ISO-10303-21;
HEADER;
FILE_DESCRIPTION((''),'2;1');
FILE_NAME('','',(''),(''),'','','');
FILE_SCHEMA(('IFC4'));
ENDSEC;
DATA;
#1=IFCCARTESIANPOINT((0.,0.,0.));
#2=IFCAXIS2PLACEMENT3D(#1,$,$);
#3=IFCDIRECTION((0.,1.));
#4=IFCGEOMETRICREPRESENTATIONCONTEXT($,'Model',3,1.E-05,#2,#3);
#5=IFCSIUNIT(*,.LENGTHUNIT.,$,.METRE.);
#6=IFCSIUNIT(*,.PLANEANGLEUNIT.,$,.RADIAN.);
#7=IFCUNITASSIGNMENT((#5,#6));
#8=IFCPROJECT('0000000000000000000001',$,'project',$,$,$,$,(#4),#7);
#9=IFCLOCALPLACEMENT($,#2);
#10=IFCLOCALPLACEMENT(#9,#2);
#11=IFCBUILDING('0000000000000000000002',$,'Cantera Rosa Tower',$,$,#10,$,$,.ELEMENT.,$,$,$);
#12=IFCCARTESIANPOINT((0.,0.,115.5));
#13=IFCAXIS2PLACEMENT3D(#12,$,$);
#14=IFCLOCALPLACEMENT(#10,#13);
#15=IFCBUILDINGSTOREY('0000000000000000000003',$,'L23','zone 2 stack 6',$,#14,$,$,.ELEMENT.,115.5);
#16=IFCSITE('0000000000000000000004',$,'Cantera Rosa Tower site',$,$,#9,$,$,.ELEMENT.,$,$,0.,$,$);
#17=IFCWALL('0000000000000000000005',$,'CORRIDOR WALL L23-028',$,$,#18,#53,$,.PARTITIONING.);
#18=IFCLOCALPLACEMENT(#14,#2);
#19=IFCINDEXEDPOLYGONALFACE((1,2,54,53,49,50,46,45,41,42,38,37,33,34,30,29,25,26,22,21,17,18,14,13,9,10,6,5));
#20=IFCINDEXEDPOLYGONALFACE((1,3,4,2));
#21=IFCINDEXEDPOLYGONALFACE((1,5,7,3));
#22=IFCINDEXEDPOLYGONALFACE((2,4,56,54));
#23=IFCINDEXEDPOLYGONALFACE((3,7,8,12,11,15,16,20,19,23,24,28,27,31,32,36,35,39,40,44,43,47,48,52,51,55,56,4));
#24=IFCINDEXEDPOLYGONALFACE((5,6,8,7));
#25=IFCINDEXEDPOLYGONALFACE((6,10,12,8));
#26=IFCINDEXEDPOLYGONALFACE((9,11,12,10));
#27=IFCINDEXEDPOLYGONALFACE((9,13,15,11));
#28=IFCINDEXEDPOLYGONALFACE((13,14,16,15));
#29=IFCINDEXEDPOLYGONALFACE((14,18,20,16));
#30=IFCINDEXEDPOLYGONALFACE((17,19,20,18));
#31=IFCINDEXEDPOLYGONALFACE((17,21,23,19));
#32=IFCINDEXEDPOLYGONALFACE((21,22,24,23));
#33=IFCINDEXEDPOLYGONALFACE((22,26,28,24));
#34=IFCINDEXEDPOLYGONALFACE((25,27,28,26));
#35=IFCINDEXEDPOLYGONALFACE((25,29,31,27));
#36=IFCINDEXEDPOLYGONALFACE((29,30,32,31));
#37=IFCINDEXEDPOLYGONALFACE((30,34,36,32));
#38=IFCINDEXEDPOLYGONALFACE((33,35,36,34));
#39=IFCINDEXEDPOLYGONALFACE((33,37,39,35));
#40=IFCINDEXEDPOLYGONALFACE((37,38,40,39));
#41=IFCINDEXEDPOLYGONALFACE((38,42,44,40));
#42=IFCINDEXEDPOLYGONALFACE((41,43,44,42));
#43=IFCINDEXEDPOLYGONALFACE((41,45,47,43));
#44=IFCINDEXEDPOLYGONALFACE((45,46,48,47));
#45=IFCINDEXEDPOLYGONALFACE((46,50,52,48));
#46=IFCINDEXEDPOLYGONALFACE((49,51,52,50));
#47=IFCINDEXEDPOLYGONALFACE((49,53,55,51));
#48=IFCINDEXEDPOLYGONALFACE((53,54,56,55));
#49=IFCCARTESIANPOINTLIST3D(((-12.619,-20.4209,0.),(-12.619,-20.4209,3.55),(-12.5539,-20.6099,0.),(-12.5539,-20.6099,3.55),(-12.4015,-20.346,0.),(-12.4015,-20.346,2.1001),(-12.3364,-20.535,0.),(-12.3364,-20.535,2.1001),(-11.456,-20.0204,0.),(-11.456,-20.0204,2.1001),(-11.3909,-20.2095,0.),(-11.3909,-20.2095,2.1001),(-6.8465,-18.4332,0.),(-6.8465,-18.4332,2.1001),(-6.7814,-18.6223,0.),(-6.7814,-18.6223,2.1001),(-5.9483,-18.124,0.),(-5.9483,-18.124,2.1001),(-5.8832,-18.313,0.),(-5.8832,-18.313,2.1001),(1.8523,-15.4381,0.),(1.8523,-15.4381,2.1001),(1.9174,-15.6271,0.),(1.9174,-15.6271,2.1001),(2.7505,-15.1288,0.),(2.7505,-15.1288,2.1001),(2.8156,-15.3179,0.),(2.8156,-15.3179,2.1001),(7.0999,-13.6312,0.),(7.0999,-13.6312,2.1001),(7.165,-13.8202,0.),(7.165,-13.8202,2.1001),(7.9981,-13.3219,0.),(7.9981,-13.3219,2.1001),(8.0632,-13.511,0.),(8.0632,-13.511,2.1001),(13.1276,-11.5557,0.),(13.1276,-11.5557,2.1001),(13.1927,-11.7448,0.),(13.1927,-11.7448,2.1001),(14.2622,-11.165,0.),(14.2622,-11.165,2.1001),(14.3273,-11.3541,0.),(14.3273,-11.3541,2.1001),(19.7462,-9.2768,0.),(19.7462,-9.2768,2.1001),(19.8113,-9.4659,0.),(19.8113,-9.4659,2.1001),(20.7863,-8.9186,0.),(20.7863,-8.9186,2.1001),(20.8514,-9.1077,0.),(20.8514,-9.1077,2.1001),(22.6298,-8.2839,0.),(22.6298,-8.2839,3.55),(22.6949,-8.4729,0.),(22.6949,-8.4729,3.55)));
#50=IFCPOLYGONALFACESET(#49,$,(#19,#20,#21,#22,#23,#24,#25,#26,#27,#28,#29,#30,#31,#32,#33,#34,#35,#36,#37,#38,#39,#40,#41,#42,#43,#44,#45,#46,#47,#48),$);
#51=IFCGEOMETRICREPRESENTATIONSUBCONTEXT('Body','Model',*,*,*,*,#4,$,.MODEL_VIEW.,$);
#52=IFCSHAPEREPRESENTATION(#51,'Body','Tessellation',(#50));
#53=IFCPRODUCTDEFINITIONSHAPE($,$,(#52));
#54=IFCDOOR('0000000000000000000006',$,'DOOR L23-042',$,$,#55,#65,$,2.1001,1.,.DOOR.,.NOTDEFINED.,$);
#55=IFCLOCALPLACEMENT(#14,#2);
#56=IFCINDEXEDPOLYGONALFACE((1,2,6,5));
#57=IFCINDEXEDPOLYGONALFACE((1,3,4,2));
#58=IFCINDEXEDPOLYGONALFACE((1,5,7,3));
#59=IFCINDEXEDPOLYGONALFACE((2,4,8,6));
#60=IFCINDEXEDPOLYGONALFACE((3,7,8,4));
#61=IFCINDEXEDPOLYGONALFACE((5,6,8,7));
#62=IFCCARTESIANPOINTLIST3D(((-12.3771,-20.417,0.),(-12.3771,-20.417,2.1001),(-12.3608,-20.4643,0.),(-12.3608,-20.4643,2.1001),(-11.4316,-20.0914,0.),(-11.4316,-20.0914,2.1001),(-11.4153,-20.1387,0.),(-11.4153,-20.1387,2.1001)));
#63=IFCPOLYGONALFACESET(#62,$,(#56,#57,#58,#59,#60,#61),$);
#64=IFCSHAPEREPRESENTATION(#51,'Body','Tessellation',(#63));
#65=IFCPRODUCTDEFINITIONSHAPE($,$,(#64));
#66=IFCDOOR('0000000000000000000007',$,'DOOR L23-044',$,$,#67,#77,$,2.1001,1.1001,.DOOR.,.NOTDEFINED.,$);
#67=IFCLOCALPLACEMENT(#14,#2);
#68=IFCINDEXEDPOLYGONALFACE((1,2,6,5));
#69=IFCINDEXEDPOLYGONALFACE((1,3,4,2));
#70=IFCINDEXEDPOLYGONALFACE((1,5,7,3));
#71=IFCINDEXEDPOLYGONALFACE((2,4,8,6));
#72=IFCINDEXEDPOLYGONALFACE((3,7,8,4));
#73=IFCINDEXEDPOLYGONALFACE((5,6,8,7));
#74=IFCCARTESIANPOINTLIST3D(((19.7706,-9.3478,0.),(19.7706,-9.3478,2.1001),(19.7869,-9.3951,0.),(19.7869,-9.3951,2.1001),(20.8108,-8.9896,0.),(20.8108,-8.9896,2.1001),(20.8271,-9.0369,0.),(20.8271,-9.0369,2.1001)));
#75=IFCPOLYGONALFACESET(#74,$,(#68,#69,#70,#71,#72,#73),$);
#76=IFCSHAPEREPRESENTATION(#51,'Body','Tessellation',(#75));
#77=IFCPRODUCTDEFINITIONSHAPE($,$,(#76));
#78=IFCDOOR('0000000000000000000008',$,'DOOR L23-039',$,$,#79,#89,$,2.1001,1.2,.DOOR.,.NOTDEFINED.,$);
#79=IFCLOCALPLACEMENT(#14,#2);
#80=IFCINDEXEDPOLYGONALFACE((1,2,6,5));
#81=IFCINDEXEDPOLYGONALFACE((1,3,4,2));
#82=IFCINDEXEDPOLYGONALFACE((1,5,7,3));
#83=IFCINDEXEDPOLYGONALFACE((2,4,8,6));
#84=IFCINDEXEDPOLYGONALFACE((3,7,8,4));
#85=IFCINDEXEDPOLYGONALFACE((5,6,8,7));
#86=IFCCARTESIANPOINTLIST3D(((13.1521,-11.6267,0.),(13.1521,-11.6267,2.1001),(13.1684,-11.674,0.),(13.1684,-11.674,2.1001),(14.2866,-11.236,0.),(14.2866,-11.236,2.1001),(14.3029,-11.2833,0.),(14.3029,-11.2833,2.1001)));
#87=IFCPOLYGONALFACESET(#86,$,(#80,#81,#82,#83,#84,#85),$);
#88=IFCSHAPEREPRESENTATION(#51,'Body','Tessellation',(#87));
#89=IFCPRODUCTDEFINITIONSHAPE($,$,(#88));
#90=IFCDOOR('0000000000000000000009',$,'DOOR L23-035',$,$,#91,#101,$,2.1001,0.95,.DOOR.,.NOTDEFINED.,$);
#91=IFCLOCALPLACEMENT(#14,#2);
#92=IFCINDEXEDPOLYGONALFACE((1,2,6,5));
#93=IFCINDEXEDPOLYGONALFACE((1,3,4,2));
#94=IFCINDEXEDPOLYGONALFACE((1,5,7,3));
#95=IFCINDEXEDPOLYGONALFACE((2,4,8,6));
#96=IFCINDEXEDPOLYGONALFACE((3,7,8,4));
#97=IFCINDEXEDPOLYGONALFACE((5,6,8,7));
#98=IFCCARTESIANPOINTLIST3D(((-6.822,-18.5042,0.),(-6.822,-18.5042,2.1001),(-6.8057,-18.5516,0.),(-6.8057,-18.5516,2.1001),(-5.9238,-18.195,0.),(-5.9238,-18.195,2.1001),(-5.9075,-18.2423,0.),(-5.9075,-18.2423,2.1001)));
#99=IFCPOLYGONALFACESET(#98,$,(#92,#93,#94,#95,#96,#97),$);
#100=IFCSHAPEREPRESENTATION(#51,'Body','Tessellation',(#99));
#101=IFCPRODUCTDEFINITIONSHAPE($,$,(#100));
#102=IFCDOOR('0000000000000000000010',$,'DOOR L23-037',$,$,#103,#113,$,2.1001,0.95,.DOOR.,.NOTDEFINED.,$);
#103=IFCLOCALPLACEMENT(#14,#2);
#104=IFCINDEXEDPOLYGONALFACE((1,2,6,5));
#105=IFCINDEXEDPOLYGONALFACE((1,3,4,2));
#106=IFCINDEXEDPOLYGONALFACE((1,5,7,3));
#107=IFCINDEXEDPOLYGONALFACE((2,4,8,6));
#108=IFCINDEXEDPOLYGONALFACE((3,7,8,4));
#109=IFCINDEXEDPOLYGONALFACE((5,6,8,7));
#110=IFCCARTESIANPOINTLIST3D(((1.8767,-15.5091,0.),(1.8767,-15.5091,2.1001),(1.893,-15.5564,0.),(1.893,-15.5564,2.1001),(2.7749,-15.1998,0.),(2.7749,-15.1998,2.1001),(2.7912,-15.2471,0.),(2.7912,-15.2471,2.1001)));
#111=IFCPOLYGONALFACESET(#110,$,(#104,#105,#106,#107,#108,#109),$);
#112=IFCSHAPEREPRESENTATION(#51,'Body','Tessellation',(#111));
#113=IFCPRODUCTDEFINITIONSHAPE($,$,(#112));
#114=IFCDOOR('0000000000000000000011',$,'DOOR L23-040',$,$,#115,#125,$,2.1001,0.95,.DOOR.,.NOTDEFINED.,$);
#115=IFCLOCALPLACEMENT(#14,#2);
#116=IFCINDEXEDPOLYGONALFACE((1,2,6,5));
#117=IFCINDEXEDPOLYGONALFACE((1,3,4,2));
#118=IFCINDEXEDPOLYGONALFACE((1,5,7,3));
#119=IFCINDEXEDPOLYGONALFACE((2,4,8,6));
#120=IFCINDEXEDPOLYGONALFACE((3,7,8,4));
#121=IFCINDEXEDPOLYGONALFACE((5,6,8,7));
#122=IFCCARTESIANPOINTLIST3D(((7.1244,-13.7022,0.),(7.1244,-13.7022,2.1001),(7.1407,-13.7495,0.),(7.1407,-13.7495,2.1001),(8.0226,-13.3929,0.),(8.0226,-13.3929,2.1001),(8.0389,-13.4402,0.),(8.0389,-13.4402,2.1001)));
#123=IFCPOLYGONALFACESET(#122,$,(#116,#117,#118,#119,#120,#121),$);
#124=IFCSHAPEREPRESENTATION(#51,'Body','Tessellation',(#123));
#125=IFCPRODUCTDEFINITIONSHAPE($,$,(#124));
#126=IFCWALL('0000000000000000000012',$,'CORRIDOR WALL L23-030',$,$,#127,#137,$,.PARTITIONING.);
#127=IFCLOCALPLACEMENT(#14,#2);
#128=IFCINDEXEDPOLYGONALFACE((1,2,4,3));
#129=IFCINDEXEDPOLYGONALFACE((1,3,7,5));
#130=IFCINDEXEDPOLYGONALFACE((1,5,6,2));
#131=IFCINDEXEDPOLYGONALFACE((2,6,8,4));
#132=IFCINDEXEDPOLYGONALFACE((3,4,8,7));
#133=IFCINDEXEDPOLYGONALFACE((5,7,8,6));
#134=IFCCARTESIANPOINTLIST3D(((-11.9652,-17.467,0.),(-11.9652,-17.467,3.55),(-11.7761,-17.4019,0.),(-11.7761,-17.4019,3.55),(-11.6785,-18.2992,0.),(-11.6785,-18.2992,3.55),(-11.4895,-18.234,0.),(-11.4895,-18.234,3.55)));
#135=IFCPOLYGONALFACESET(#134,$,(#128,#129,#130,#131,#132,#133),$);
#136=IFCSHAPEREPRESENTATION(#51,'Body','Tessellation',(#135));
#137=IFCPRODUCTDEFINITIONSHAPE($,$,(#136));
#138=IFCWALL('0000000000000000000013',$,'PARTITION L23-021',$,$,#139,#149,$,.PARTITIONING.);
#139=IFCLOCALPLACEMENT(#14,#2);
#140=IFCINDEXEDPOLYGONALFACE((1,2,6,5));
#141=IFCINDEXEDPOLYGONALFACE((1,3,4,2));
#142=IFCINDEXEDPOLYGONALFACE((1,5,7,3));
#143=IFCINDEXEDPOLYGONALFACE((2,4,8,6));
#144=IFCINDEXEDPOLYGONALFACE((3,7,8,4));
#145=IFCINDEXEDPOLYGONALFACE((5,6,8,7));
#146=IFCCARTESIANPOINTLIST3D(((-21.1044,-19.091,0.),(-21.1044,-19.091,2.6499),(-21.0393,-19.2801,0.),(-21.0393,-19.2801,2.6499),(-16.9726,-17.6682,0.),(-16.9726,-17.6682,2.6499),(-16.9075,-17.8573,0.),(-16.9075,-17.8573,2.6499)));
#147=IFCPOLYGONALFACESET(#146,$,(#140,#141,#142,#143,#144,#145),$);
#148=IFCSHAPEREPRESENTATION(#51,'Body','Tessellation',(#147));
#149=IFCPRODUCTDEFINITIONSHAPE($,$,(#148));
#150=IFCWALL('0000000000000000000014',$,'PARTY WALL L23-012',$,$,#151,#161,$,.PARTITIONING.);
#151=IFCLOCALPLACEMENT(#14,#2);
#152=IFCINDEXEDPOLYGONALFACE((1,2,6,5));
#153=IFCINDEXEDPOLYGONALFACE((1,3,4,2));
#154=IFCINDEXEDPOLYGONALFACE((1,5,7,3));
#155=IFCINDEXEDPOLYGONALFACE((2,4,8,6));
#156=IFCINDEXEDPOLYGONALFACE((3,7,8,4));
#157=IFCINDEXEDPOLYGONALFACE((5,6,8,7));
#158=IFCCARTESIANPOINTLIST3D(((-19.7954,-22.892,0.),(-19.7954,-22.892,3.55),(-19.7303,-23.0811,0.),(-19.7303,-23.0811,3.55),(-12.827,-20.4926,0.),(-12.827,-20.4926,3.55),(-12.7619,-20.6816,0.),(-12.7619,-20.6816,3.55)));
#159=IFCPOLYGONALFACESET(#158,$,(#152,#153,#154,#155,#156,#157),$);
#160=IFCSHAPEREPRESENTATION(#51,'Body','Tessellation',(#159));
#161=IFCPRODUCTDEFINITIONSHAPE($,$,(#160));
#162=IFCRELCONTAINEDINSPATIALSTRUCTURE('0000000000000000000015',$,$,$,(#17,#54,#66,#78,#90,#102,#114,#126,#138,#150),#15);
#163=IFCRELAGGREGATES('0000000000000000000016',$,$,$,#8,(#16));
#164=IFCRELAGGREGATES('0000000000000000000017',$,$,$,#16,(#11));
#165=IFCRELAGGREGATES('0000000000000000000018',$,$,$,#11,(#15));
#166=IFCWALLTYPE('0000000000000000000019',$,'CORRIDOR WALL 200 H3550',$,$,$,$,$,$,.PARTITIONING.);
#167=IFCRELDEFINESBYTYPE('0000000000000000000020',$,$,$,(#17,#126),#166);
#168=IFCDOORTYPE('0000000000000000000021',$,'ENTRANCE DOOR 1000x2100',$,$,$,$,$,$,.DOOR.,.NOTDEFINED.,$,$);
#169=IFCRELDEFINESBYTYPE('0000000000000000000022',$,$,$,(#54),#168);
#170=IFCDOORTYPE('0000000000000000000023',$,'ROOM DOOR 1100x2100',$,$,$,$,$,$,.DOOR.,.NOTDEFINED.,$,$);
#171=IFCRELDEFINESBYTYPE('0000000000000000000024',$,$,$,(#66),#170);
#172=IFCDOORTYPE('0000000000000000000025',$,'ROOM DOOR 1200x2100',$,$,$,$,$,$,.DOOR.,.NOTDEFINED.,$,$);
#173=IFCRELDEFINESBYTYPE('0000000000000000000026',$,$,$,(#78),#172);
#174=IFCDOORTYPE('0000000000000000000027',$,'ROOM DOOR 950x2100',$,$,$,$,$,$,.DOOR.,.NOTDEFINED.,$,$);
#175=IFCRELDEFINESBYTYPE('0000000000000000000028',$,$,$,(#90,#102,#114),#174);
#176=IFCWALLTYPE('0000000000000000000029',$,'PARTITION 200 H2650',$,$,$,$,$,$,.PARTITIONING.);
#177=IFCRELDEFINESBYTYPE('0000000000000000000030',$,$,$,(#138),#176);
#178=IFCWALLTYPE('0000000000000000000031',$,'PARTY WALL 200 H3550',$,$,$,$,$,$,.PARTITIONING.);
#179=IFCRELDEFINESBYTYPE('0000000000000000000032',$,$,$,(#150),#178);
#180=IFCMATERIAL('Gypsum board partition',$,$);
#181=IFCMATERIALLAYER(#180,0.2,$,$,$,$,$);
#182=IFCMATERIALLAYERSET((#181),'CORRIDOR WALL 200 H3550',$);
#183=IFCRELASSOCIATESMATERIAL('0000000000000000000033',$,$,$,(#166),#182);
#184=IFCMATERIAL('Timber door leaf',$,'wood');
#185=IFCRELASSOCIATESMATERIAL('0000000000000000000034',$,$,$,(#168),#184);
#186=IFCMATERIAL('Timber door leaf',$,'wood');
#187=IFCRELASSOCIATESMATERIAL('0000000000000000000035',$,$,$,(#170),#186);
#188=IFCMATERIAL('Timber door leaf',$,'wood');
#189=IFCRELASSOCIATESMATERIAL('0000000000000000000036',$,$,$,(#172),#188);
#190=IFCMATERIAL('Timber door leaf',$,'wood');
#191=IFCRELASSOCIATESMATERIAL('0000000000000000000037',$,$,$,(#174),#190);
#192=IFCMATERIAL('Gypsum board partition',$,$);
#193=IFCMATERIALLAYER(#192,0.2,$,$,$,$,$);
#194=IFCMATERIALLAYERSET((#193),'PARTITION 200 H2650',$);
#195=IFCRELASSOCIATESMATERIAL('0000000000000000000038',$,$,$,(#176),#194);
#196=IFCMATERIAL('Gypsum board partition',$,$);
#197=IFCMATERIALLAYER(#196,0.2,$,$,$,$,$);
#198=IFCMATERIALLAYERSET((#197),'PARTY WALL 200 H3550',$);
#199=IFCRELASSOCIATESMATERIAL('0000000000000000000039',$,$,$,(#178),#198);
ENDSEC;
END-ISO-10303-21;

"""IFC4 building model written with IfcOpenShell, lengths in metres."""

from ifc_helpers import new_model, si_unit, direction, frame, frame_2d, origin, place, context, subcontext, project, spatial, rectangle, extrude, material, layer, layer_set, type_object, element, fill, save


model = new_model("IFC4")

# Units and contexts
model_context = context("Model", 3, precision=1e-05, world=origin(), true_north=direction((0.0, 1.0)))
body_context = subcontext(model_context, "Body", "Model", "MODEL_VIEW")
ifc_project = project(units=[si_unit("LENGTHUNIT", "METRE"), si_unit("PLANEANGLEUNIT", "RADIAN")], contexts=[model_context])

# Site, building, storey
site_placement = place(None, origin())
site = spatial("IfcSite", under=ifc_project, at=site_placement, Name="Cantera Rosa Tower site", CompositionType="ELEMENT", RefElevation=0.0)
building_placement = place(site_placement, origin())
building = spatial("IfcBuilding", under=site, at=building_placement, Name="Cantera Rosa Tower", CompositionType="ELEMENT")
storey_placement = place(building_placement, frame((0.0, 0.0, 115.5)))
storey = spatial("IfcBuildingStorey", under=building, at=storey_placement, Name="L23", Description="zone 2 stack 6", CompositionType="ELEMENT", Elevation=115.5)

# Wall, openings, doors
ifc_material_1 = material(Name="Gypsum board partition")
ifc_layer_1 = layer(ifc_material_1, 0.2)
ifc_layer_set_1 = layer_set([ifc_layer_1], Name="CORRIDOR WALL 200 H3550")
wall_type_1 = type_object("IfcWallType", Name="CORRIDOR WALL 200 H3550", PredefinedType="PARTITIONING", material=ifc_layer_set_1)
wall_1_placement = place(storey_placement, frame((-12.5864, -20.5154, 0.0), z_axis=(0.0, 0.0, 1.0), x_axis=(0.94552, 0.325564, 0.0)))
wall_1 = element("IfcWall", 1, at=wall_1_placement, inside=storey, type_object=wall_type_1, Name="CORRIDOR WALL L23-028", PredefinedType="PARTITIONING", context=body_context, shape_type="SweptSolid", body=[
    extrude(rectangle(XDim=37.2798, YDim=0.2, at=frame_2d((18.6399, 0.0))), origin(), (0.0, 0.0, 1.0), 3.55),
])
opening_1_placement = place(wall_1_placement, frame((6.105, 0.0, 0.0)))
opening_1 = element("IfcOpeningElement", 2, at=opening_1_placement, cuts=wall_1, PredefinedType="OPENING", context=body_context, shape_type="SweptSolid", body=[
    extrude(rectangle(XDim=0.95, YDim=2.1001, at=frame_2d((0.4751, 1.05))), frame((0.0, 0.1099, 0.0), z_axis=(0.0, -1.0, 0.0), x_axis=(1.0, 0.0, 0.0)), (0.0, 0.0, 1.0), 0.22),
])
opening_2_placement = place(wall_1_placement, frame((15.3049, 0.0, 0.0)))
opening_2 = element("IfcOpeningElement", 3, at=opening_2_placement, cuts=wall_1, PredefinedType="OPENING", context=body_context, shape_type="SweptSolid", body=[
    extrude(rectangle(XDim=0.95, YDim=2.1001, at=frame_2d((0.4751, 1.05))), frame((0.0, 0.1099, 0.0), z_axis=(0.0, -1.0, 0.0), x_axis=(1.0, 0.0, 0.0)), (0.0, 0.0, 1.0), 0.22),
])
opening_3_placement = place(wall_1_placement, frame((27.23, 0.0, 0.0)))
opening_3 = element("IfcOpeningElement", 4, at=opening_3_placement, cuts=wall_1, PredefinedType="OPENING", context=body_context, shape_type="SweptSolid", body=[
    extrude(rectangle(XDim=1.2, YDim=2.1001, at=frame_2d((0.6001, 1.05))), frame((0.0, 0.1099, 0.0), z_axis=(0.0, -1.0, 0.0), x_axis=(1.0, 0.0, 0.0)), (0.0, 0.0, 1.0), 0.22),
])
opening_4_placement = place(wall_1_placement, frame((20.855, 0.0, 0.0)))
opening_4 = element("IfcOpeningElement", 5, at=opening_4_placement, cuts=wall_1, PredefinedType="OPENING", context=body_context, shape_type="SweptSolid", body=[
    extrude(rectangle(XDim=0.95, YDim=2.1001, at=frame_2d((0.4751, 1.05))), frame((0.0, 0.1099, 0.0), z_axis=(0.0, -1.0, 0.0), x_axis=(1.0, 0.0, 0.0)), (0.0, 0.0, 1.0), 0.22),
])
opening_5_placement = place(wall_1_placement, frame((0.23, 0.0, 0.0)))
opening_5 = element("IfcOpeningElement", 6, at=opening_5_placement, cuts=wall_1, PredefinedType="OPENING", context=body_context, shape_type="SweptSolid", body=[
    extrude(rectangle(XDim=1.0, YDim=2.1001, at=frame_2d((0.5, 1.05))), frame((0.0, 0.1099, 0.0), z_axis=(0.0, -1.0, 0.0), x_axis=(1.0, 0.0, 0.0)), (0.0, 0.0, 1.0), 0.22),
])
opening_6_placement = place(wall_1_placement, frame((34.23, 0.0, 0.0)))
opening_6 = element("IfcOpeningElement", 7, at=opening_6_placement, cuts=wall_1, PredefinedType="OPENING", context=body_context, shape_type="SweptSolid", body=[
    extrude(rectangle(XDim=1.1001, YDim=2.1001, at=frame_2d((0.55, 1.05))), frame((0.0, 0.1099, 0.0), z_axis=(0.0, -1.0, 0.0), x_axis=(1.0, 0.0, 0.0)), (0.0, 0.0, 1.0), 0.22),
])
ifc_material_2 = material(Name="Timber door leaf", Category="wood")
door_type_1 = type_object("IfcDoorType", Name="ENTRANCE DOOR 1000x2100", OperationType="NOTDEFINED", PredefinedType="DOOR", material=ifc_material_2)
door_1_placement = place(opening_5_placement, origin())
door_1 = element("IfcDoor", 8, at=door_1_placement, inside=storey, type_object=door_type_1, Name="DOOR L23-042", OperationType="NOTDEFINED", OverallHeight=2.1001, OverallWidth=1.0, PredefinedType="DOOR", context=body_context, shape_type="SweptSolid", body=[
    extrude(rectangle(XDim=1.0, YDim=2.1001, at=frame_2d((0.5, 1.05))), frame((0.0, 0.0249, 0.0), z_axis=(0.0, -1.0, 0.0), x_axis=(1.0, 0.0, 0.0)), (0.0, 0.0, 1.0), 0.05),
])
fill(opening_5, door_1)
ifc_material_3 = material(Name="Timber door leaf", Category="wood")
door_type_2 = type_object("IfcDoorType", Name="ROOM DOOR 1100x2100", OperationType="NOTDEFINED", PredefinedType="DOOR", material=ifc_material_3)
door_2_placement = place(opening_6_placement, origin())
door_2 = element("IfcDoor", 9, at=door_2_placement, inside=storey, type_object=door_type_2, Name="DOOR L23-044", OperationType="NOTDEFINED", OverallHeight=2.1001, OverallWidth=1.1001, PredefinedType="DOOR", context=body_context, shape_type="SweptSolid", body=[
    extrude(rectangle(XDim=1.1001, YDim=2.1001, at=frame_2d((0.55, 1.05))), frame((0.0, 0.0249, 0.0), z_axis=(0.0, -1.0, 0.0), x_axis=(1.0, 0.0, 0.0)), (0.0, 0.0, 1.0), 0.05),
])
fill(opening_6, door_2)
ifc_material_4 = material(Name="Timber door leaf", Category="wood")
door_type_3 = type_object("IfcDoorType", Name="ROOM DOOR 1200x2100", OperationType="NOTDEFINED", PredefinedType="DOOR", material=ifc_material_4)
door_3_placement = place(opening_3_placement, origin())
door_3 = element("IfcDoor", 10, at=door_3_placement, inside=storey, type_object=door_type_3, Name="DOOR L23-039", OperationType="NOTDEFINED", OverallHeight=2.1001, OverallWidth=1.2, PredefinedType="DOOR", context=body_context, shape_type="SweptSolid", body=[
    extrude(rectangle(XDim=1.2, YDim=2.1001, at=frame_2d((0.6001, 1.05))), frame((0.0, 0.0249, 0.0), z_axis=(0.0, -1.0, 0.0), x_axis=(1.0, 0.0, 0.0)), (0.0, 0.0, 1.0), 0.05),
])
fill(opening_3, door_3)
ifc_material_5 = material(Name="Timber door leaf", Category="wood")
door_type_4 = type_object("IfcDoorType", Name="ROOM DOOR 950x2100", OperationType="NOTDEFINED", PredefinedType="DOOR", material=ifc_material_5)
door_4_placement = place(opening_1_placement, origin())
door_4 = element("IfcDoor", 11, at=door_4_placement, inside=storey, type_object=door_type_4, Name="DOOR L23-035", OperationType="NOTDEFINED", OverallHeight=2.1001, OverallWidth=0.95, PredefinedType="DOOR", context=body_context, shape_type="SweptSolid", body=[
    extrude(rectangle(XDim=0.95, YDim=2.1001, at=frame_2d((0.4751, 1.05))), frame((0.0, 0.0249, 0.0), z_axis=(0.0, -1.0, 0.0), x_axis=(1.0, 0.0, 0.0)), (0.0, 0.0, 1.0), 0.05),
])
fill(opening_1, door_4)
door_5_placement = place(opening_2_placement, origin())
door_5 = element("IfcDoor", 12, at=door_5_placement, inside=storey, type_object=door_type_4, Name="DOOR L23-037", OperationType="NOTDEFINED", OverallHeight=2.1001, OverallWidth=0.95, PredefinedType="DOOR", context=body_context, shape_type="SweptSolid", body=[
    extrude(rectangle(XDim=0.95, YDim=2.1001, at=frame_2d((0.4751, 1.05))), frame((0.0, 0.0249, 0.0), z_axis=(0.0, -1.0, 0.0), x_axis=(1.0, 0.0, 0.0)), (0.0, 0.0, 1.0), 0.05),
])
fill(opening_2, door_5)
door_6_placement = place(opening_4_placement, origin())
door_6 = element("IfcDoor", 13, at=door_6_placement, inside=storey, type_object=door_type_4, Name="DOOR L23-040", OperationType="NOTDEFINED", OverallHeight=2.1001, OverallWidth=0.95, PredefinedType="DOOR", context=body_context, shape_type="SweptSolid", body=[
    extrude(rectangle(XDim=0.95, YDim=2.1001, at=frame_2d((0.4751, 1.05))), frame((0.0, 0.0249, 0.0), z_axis=(0.0, -1.0, 0.0), x_axis=(1.0, 0.0, 0.0)), (0.0, 0.0, 1.0), 0.05),
])
fill(opening_4, door_6)

# Wall
wall_2_placement = place(storey_placement, frame((-11.8706, -17.4346, 0.0), z_axis=(0.0, 0.0, 1.0), x_axis=(0.3257, -0.945473, 0.0)))
element("IfcWall", 14, at=wall_2_placement, inside=storey, type_object=wall_type_1, Name="CORRIDOR WALL L23-030", PredefinedType="PARTITIONING", context=body_context, shape_type="SweptSolid", body=[
    extrude(rectangle(XDim=0.8801, YDim=0.2, at=frame_2d((0.4399, 0.0))), origin(), (0.0, 0.0, 1.0), 3.55),
])

# Walls
ifc_material_6 = material(Name="Gypsum board partition")
ifc_layer_2 = layer(ifc_material_6, 0.2)
ifc_layer_set_2 = layer_set([ifc_layer_2], Name="PARTITION 200 H2650")
wall_type_2 = type_object("IfcWallType", Name="PARTITION 200 H2650", PredefinedType="PARTITIONING", material=ifc_layer_set_2)
wall_3_placement = place(storey_placement, frame((-16.9399, -17.7627, 0.0), z_axis=(0.0, 0.0, 1.0), x_axis=(-0.945508, -0.325598, 0.0)))
element("IfcWall", 15, at=wall_3_placement, inside=storey, type_object=wall_type_2, Name="PARTITION L23-021", PredefinedType="PARTITIONING", context=body_context, shape_type="SweptSolid", body=[
    extrude(rectangle(XDim=4.3699, YDim=0.2, at=frame_2d((2.1851, 0.0))), origin(), (0.0, 0.0, 1.0), 2.6499),
])
ifc_material_7 = material(Name="Gypsum board partition")
ifc_layer_3 = layer(ifc_material_7, 0.2)
ifc_layer_set_3 = layer_set([ifc_layer_3], Name="PARTY WALL 200 H3550")
wall_type_3 = type_object("IfcWallType", Name="PARTY WALL 200 H3550", PredefinedType="PARTITIONING", material=ifc_layer_set_3)
wall_4_placement = place(storey_placement, frame((-19.7629, -22.9866, 0.0), z_axis=(0.0, 0.0, 1.0), x_axis=(0.945517, 0.325574, 0.0)))
element("IfcWall", 16, at=wall_4_placement, inside=storey, type_object=wall_type_3, Name="PARTY WALL L23-012", PredefinedType="PARTITIONING", context=body_context, shape_type="SweptSolid", body=[
    extrude(rectangle(XDim=7.3699, YDim=0.2, at=frame_2d((3.6851, 0.0))), origin(), (0.0, 0.0, 1.0), 3.55),
])

save(model, "model.ifc")
